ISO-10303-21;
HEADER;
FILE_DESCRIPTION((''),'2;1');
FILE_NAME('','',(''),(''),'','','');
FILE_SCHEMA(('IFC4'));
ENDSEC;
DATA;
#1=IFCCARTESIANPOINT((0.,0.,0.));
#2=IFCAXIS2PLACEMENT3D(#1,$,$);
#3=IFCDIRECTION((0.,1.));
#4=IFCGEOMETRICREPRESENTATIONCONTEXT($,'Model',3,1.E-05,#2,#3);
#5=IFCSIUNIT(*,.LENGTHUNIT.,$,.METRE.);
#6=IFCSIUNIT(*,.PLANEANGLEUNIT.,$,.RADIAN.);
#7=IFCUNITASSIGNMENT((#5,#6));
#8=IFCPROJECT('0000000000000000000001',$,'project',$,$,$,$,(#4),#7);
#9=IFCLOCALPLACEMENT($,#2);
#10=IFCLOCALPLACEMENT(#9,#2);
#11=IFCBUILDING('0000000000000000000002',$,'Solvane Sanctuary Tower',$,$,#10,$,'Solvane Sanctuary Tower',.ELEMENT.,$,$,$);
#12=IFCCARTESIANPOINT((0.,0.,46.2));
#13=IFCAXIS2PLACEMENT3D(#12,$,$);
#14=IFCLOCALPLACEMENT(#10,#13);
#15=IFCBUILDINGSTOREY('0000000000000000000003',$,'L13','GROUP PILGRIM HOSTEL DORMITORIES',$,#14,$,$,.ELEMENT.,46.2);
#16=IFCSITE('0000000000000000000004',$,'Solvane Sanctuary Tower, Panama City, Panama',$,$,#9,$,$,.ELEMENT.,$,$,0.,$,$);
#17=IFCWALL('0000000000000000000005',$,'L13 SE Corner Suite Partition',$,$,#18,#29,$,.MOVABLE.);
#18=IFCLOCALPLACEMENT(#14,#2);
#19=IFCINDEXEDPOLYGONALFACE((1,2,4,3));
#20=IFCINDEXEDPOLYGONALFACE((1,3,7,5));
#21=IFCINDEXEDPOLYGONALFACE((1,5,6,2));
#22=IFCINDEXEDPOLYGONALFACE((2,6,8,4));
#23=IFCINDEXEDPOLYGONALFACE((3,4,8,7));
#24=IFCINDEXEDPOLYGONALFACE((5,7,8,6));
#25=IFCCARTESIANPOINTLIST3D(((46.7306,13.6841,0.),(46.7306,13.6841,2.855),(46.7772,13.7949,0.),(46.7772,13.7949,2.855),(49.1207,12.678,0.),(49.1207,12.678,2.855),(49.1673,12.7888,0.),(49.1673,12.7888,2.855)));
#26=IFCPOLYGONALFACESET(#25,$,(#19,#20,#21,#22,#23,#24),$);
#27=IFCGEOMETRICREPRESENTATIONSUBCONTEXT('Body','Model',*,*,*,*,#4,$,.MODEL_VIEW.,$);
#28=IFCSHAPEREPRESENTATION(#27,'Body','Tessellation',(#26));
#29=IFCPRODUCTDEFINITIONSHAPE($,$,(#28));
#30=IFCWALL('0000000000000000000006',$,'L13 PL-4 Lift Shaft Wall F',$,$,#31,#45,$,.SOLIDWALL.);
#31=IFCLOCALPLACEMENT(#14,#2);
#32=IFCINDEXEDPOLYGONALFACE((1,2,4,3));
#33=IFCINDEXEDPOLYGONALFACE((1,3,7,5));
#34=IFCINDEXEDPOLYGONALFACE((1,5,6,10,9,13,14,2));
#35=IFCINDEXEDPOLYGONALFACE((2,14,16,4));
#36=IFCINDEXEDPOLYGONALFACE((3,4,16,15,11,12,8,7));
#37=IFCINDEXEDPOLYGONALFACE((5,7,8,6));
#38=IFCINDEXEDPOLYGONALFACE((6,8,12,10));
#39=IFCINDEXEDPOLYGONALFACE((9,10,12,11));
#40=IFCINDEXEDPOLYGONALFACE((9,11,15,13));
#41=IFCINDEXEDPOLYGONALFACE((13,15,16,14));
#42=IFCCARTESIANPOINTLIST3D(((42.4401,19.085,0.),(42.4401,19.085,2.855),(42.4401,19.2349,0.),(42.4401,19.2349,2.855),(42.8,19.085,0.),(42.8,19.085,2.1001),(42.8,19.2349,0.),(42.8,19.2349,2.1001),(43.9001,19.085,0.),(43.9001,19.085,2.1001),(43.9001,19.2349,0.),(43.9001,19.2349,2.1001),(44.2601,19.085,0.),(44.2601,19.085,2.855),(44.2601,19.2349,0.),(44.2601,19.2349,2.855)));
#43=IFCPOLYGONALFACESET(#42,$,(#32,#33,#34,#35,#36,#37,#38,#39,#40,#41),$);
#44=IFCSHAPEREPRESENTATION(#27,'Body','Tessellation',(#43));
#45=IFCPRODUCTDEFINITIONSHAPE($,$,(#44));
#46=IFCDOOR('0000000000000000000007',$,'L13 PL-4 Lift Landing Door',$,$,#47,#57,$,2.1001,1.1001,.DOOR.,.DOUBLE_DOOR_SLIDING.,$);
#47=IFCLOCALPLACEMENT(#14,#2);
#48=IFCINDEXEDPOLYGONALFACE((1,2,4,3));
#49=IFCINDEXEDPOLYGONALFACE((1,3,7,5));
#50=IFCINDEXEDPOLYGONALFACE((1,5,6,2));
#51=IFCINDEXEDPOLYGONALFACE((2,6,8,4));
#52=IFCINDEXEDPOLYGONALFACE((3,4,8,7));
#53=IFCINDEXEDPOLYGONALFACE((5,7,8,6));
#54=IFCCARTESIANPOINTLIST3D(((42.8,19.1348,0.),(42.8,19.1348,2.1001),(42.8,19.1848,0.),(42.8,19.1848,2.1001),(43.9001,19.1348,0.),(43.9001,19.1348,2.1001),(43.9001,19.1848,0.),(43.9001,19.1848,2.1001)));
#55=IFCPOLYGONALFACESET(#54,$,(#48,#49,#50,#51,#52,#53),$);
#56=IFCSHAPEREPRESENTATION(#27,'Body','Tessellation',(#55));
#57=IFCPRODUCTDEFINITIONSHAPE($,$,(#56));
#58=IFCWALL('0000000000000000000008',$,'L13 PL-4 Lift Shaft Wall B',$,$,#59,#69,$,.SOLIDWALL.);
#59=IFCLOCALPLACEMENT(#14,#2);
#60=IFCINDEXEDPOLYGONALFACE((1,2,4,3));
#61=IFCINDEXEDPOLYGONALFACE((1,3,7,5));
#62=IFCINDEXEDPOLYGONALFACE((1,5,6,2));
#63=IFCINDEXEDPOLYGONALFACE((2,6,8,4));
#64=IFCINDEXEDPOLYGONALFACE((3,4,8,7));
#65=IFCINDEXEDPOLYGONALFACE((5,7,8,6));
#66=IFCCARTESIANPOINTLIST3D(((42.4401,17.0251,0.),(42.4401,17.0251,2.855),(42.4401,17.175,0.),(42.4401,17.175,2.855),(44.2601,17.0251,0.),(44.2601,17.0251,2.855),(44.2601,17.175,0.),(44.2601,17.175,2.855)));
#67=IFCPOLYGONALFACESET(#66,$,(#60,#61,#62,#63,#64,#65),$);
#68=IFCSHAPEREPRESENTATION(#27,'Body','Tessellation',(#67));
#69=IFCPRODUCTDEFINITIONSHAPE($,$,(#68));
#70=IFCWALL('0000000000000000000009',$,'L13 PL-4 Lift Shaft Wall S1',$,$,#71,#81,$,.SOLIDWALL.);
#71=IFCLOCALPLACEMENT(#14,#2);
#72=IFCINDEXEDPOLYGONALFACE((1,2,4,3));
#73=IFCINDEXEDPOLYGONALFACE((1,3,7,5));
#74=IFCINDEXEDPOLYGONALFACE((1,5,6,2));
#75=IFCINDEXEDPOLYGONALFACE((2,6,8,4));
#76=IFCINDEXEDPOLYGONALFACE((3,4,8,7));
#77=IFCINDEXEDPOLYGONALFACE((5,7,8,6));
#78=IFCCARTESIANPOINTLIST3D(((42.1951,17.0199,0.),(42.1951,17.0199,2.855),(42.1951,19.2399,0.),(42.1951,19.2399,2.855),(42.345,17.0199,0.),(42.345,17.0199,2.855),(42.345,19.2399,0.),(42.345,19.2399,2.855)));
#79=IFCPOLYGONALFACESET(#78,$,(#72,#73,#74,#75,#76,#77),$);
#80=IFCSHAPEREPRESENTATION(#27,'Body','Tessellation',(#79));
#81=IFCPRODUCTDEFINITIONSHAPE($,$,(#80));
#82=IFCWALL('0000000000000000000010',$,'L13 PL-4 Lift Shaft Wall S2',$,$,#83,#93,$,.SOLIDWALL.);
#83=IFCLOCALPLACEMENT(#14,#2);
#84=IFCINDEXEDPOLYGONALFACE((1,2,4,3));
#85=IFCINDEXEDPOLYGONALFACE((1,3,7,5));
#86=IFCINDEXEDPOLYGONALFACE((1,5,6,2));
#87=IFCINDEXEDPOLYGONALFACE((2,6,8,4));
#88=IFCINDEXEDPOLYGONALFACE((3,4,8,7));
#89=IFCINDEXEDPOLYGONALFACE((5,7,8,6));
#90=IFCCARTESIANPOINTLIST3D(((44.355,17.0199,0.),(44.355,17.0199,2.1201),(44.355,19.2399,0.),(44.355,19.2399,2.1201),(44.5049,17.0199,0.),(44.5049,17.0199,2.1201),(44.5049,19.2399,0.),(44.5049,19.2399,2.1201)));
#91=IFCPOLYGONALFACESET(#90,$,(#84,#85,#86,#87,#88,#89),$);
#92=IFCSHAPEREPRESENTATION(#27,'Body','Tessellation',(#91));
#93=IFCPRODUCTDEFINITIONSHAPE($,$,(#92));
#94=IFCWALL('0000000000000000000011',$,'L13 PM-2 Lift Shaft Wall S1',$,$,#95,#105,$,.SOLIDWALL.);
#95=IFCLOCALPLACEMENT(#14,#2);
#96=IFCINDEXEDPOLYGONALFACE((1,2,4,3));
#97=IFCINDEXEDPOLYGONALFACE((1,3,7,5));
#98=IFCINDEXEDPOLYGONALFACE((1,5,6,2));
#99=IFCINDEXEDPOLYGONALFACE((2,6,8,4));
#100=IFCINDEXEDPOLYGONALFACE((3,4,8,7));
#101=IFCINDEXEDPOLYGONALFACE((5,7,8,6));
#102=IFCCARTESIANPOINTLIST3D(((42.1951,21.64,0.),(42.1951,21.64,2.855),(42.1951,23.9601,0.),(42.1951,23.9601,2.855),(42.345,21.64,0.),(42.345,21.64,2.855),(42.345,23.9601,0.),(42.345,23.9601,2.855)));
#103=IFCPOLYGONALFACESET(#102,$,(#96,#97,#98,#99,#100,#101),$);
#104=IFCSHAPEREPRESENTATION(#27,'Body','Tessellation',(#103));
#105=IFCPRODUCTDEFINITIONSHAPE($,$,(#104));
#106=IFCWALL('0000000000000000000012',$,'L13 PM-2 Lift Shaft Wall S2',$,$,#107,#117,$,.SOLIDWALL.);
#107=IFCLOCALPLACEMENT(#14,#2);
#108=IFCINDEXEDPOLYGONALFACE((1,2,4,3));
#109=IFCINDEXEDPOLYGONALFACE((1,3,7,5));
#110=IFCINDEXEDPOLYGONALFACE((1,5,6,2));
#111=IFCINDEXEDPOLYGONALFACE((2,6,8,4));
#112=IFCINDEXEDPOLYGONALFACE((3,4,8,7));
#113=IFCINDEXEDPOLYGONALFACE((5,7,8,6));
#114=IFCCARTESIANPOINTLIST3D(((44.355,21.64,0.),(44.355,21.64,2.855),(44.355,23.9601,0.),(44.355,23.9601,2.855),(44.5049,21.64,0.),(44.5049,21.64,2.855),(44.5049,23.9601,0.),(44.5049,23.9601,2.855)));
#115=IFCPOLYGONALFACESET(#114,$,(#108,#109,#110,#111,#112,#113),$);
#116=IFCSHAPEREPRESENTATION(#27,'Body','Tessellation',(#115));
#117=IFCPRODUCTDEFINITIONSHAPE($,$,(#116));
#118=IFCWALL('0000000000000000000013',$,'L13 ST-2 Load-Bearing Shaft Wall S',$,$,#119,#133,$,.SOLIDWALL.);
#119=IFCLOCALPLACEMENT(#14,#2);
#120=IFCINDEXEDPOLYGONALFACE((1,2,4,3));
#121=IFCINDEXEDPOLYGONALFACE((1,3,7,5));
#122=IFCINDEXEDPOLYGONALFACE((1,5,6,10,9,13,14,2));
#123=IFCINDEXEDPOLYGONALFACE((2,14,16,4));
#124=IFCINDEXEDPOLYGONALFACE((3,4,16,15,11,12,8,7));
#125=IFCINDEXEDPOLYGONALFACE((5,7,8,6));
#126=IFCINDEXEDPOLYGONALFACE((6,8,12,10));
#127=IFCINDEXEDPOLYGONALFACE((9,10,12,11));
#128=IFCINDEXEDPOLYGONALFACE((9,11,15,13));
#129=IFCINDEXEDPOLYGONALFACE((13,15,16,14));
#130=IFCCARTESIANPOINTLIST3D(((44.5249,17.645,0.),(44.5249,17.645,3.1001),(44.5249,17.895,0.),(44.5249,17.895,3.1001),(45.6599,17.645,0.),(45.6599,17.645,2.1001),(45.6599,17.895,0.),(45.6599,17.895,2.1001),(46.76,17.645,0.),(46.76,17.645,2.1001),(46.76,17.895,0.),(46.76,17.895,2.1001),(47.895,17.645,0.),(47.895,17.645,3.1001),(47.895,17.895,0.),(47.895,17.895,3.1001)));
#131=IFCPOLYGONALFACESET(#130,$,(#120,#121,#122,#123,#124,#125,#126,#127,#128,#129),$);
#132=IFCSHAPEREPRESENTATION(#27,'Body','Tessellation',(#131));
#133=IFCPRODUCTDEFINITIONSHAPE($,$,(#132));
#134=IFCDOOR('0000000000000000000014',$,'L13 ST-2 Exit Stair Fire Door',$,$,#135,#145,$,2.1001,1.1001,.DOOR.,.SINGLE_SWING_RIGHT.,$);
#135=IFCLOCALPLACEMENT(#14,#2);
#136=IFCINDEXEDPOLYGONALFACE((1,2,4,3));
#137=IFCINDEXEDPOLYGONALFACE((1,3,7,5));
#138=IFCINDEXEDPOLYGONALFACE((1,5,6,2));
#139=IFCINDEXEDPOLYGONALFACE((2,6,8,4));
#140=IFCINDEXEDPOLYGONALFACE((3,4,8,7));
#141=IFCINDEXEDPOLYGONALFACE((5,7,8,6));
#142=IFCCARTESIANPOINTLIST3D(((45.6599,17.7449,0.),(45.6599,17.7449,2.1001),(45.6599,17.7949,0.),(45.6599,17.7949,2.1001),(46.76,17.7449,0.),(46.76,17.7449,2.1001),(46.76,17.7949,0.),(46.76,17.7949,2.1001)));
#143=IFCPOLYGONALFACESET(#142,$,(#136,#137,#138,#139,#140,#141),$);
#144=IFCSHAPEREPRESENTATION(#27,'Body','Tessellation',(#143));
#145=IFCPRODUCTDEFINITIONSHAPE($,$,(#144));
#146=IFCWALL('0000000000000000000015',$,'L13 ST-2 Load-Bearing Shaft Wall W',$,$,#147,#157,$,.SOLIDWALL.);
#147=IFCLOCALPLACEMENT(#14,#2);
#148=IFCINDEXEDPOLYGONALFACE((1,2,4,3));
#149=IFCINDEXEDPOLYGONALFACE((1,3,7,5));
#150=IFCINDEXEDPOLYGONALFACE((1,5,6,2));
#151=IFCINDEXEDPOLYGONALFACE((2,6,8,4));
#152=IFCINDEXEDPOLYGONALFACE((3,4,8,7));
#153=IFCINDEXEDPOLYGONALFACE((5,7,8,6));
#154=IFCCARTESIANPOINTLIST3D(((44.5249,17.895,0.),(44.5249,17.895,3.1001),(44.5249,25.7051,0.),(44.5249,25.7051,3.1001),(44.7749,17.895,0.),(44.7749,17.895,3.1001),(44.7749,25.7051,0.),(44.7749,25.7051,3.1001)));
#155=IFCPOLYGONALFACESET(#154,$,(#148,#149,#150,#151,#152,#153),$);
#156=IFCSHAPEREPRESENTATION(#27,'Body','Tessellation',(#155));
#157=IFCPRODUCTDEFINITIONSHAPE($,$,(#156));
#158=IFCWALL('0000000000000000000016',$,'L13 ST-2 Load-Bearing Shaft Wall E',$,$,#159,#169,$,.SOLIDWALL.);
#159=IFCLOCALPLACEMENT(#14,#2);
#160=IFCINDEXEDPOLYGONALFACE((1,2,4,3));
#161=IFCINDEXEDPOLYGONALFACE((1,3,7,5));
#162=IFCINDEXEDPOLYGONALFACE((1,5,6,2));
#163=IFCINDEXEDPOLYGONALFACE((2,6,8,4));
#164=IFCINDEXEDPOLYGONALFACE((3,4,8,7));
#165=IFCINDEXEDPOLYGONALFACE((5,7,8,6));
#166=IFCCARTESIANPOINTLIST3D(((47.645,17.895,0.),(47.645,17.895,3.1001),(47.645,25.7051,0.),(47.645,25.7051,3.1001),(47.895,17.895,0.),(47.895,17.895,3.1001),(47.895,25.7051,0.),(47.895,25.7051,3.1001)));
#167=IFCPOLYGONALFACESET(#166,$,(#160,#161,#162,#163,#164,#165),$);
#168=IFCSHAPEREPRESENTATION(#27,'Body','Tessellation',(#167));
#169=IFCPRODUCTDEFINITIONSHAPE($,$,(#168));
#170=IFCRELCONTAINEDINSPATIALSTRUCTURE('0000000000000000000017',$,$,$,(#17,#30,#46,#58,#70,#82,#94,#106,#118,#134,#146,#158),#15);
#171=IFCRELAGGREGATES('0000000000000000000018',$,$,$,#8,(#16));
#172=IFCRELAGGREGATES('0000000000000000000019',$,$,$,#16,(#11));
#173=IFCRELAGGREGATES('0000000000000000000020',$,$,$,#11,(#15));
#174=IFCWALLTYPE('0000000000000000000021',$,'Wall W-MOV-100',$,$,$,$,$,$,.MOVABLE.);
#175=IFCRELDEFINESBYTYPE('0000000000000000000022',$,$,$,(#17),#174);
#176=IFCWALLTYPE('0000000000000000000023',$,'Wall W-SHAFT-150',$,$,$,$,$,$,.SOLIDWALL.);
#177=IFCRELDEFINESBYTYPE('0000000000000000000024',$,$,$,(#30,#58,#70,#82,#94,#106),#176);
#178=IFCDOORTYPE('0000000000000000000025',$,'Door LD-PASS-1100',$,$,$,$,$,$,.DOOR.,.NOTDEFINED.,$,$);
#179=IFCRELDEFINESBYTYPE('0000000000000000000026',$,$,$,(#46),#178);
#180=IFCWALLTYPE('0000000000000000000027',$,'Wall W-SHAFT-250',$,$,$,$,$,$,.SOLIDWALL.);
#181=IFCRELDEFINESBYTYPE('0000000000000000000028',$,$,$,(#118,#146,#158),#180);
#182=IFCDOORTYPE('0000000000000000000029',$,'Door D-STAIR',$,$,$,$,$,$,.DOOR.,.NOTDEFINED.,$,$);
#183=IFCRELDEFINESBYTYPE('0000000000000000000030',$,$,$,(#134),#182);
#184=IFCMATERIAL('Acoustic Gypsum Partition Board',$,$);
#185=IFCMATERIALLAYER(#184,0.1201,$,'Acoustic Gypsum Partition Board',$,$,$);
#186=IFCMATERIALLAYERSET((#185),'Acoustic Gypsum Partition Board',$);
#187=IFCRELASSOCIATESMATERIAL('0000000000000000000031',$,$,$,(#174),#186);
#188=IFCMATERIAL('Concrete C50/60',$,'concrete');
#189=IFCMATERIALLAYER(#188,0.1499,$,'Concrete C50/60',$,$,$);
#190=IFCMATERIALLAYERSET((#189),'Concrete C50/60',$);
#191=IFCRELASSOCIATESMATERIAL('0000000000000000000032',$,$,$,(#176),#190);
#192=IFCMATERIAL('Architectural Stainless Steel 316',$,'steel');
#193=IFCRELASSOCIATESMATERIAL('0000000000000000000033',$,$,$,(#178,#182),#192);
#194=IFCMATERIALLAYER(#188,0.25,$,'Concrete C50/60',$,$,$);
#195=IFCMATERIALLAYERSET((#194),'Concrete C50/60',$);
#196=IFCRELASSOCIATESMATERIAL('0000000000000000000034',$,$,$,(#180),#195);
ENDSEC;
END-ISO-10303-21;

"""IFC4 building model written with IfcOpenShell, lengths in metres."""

from ifc_helpers import new_model, si_unit, direction, frame, frame_2d, origin, place, context, subcontext, project, spatial, rectangle, extrude, material, layer, layer_set, type_object, element, fill, save


model = new_model("IFC4")

# Units and contexts
model_context = context("Model", 3, precision=1e-05, world=origin(), true_north=direction((0.0, 1.0)))
body_context = subcontext(model_context, "Body", "Model", "MODEL_VIEW")
ifc_project = project(units=[si_unit("LENGTHUNIT", "METRE"), si_unit("PLANEANGLEUNIT", "RADIAN")], contexts=[model_context])

# Site, building, storey
site_placement = place(None, origin())
site = spatial("IfcSite", under=ifc_project, at=site_placement, Name="Solvane Sanctuary Tower, Panama City, Panama", CompositionType="ELEMENT", RefElevation=0.0)
building_placement = place(site_placement, origin())
building = spatial("IfcBuilding", under=site, at=building_placement, Name="Solvane Sanctuary Tower", LongName="Solvane Sanctuary Tower", CompositionType="ELEMENT")
storey_placement = place(building_placement, frame((0.0, 0.0, 46.2)))
storey = spatial("IfcBuildingStorey", under=building, at=storey_placement, Name="L13", Description="GROUP PILGRIM HOSTEL DORMITORIES", CompositionType="ELEMENT", Elevation=46.2)

# Wall
ifc_material_1 = material(Name="Acoustic Gypsum Partition Board")
ifc_layer_1 = layer(ifc_material_1, 0.1201, Name="Acoustic Gypsum Partition Board")
ifc_layer_set_1 = layer_set([ifc_layer_1], Name="Acoustic Gypsum Partition Board")
wall_type_1 = type_object("IfcWallType", Name="Wall W-MOV-100", PredefinedType="MOVABLE", material=ifc_layer_set_1)
wall_1_placement = place(storey_placement, frame((46.7539, 13.7395, 0.0), z_axis=(0.0, 0.0, 1.0), x_axis=(0.921673, -0.387969, 0.0)))
element("IfcWall", 1, at=wall_1_placement, inside=storey, type_object=wall_type_1, Name="L13 SE Corner Suite Partition", PredefinedType="MOVABLE", context=body_context, shape_type="SweptSolid", body=[
    extrude(rectangle(XDim=2.5933, YDim=0.1201, at=frame_2d((1.2966, 0.0))), origin(), (0.0, 0.0, 1.0), 2.855),
])

# Wall, opening, door
ifc_material_2 = material(Name="Concrete C50/60", Category="concrete")
ifc_layer_2 = layer(ifc_material_2, 0.1499, Name="Concrete C50/60")
ifc_layer_set_2 = layer_set([ifc_layer_2], Name="Concrete C50/60")
wall_type_2 = type_object("IfcWallType", Name="Wall W-SHAFT-150", PredefinedType="SOLIDWALL", material=ifc_layer_set_2)
wall_2_placement = place(storey_placement, frame((42.4399, 19.1599, 0.0), z_axis=(0.0, 0.0, 1.0), x_axis=(1.0, 0.0, 0.0)))
wall_2 = element("IfcWall", 2, at=wall_2_placement, inside=storey, type_object=wall_type_2, Name="L13 PL-4 Lift Shaft Wall F", PredefinedType="SOLIDWALL", context=body_context, shape_type="SweptSolid", body=[
    extrude(rectangle(XDim=1.8201, YDim=0.1499, at=frame_2d((0.9102, 0.0))), origin(), (0.0, 0.0, 1.0), 2.855),
])
opening_1_placement = place(wall_2_placement, frame((0.3601, 0.0, 0.0)))
opening_1 = element("IfcOpeningElement", 3, at=opening_1_placement, cuts=wall_2, PredefinedType="OPENING", context=body_context, shape_type="SweptSolid", body=[
    extrude(rectangle(XDim=1.1001, YDim=2.1001, at=frame_2d((0.55, 1.05))), frame((0.0, 0.085, 0.0), z_axis=(0.0, -1.0, 0.0), x_axis=(1.0, 0.0, 0.0)), (0.0, 0.0, 1.0), 0.1699),
])
ifc_material_3 = material(Name="Architectural Stainless Steel 316", Category="steel")
door_type_1 = type_object("IfcDoorType", Name="Door LD-PASS-1100", OperationType="NOTDEFINED", PredefinedType="DOOR", material=ifc_material_3)
door_1_placement = place(opening_1_placement, origin())
door_1 = element("IfcDoor", 4, at=door_1_placement, inside=storey, type_object=door_type_1, Name="L13 PL-4 Lift Landing Door", OperationType="DOUBLE_DOOR_SLIDING", OverallHeight=2.1001, OverallWidth=1.1001, PredefinedType="DOOR", context=body_context, shape_type="SweptSolid", body=[
    extrude(rectangle(XDim=1.1001, YDim=2.1001, at=frame_2d((0.55, 1.05))), frame((0.0, 0.0249, 0.0), z_axis=(0.0, -1.0, 0.0), x_axis=(1.0, 0.0, 0.0)), (0.0, 0.0, 1.0), 0.05),
])
fill(opening_1, door_1)

# Walls
wall_3_placement = place(storey_placement, frame((42.4399, 17.1001, 0.0), z_axis=(0.0, 0.0, 1.0), x_axis=(1.0, 0.0, 0.0)))
element("IfcWall", 5, at=wall_3_placement, inside=storey, type_object=wall_type_2, Name="L13 PL-4 Lift Shaft Wall B", PredefinedType="SOLIDWALL", context=body_context, shape_type="SweptSolid", body=[
    extrude(rectangle(XDim=1.8201, YDim=0.1499, at=frame_2d((0.9102, 0.0))), origin(), (0.0, 0.0, 1.0), 2.855),
])
wall_4_placement = place(storey_placement, frame((42.27, 17.02, 0.0), z_axis=(0.0, 0.0, 1.0), x_axis=(0.0, 1.0, 0.0)))
element("IfcWall", 6, at=wall_4_placement, inside=storey, type_object=wall_type_2, Name="L13 PL-4 Lift Shaft Wall S1", PredefinedType="SOLIDWALL", context=body_context, shape_type="SweptSolid", body=[
    extrude(rectangle(XDim=2.22, YDim=0.1499, at=frame_2d((1.1099, 0.0))), origin(), (0.0, 0.0, 1.0), 2.855),
])
wall_5_placement = place(storey_placement, frame((44.4299, 17.02, 0.0), z_axis=(0.0, 0.0, 1.0), x_axis=(0.0, 1.0, 0.0)))
element("IfcWall", 7, at=wall_5_placement, inside=storey, type_object=wall_type_2, Name="L13 PL-4 Lift Shaft Wall S2", PredefinedType="SOLIDWALL", context=body_context, shape_type="SweptSolid", body=[
    extrude(rectangle(XDim=2.22, YDim=0.1499, at=frame_2d((1.1099, 0.0))), origin(), (0.0, 0.0, 1.0), 2.1201),
])
for number, where, z_axis, x_axis, name in (
    (8, (42.27, 21.6399, 0.0), (0.0, 0.0, 1.0), (0.0, 1.0, 0.0), "L13 PM-2 Lift Shaft Wall S1"),
    (9, (44.4299, 21.6399, 0.0), (0.0, 0.0, 1.0), (0.0, 1.0, 0.0), "L13 PM-2 Lift Shaft Wall S2"),
):
    element("IfcWall", number, at=place(storey_placement, frame(where, z_axis=z_axis, x_axis=x_axis)), inside=storey, type_object=wall_type_2, Name=name, PredefinedType="SOLIDWALL", context=body_context, shape_type="SweptSolid", body=[
        extrude(rectangle(XDim=2.3201, YDim=0.1499, at=frame_2d((1.1602, 0.0))), origin(), (0.0, 0.0, 1.0), 2.855),
    ])

# Wall, opening, door
ifc_layer_3 = layer(ifc_material_2, 0.25, Name="Concrete C50/60")
ifc_layer_set_3 = layer_set([ifc_layer_3], Name="Concrete C50/60")
wall_type_3 = type_object("IfcWallType", Name="Wall W-SHAFT-250", PredefinedType="SOLIDWALL", material=ifc_layer_set_3)
wall_6_placement = place(storey_placement, frame((44.5249, 17.77, 0.0), z_axis=(0.0, 0.0, 1.0), x_axis=(1.0, 0.0, 0.0)))
wall_6 = element("IfcWall", 10, at=wall_6_placement, inside=storey, type_object=wall_type_3, Name="L13 ST-2 Load-Bearing Shaft Wall S", PredefinedType="SOLIDWALL", context=body_context, shape_type="SweptSolid", body=[
    extrude(rectangle(XDim=3.3701, YDim=0.25, at=frame_2d((1.6851, 0.0))), origin(), (0.0, 0.0, 1.0), 3.1001),
])
opening_2_placement = place(wall_6_placement, frame((1.135, 0.0, 0.0)))
opening_2 = element("IfcOpeningElement", 11, at=opening_2_placement, cuts=wall_6, PredefinedType="OPENING", context=body_context, shape_type="SweptSolid", body=[
    extrude(rectangle(XDim=1.1001, YDim=2.1001, at=frame_2d((0.55, 1.05))), frame((0.0, 0.135, 0.0), z_axis=(0.0, -1.0, 0.0), x_axis=(1.0, 0.0, 0.0)), (0.0, 0.0, 1.0), 0.27),
])
door_type_2 = type_object("IfcDoorType", Name="Door D-STAIR", OperationType="NOTDEFINED", PredefinedType="DOOR", material=ifc_material_3)
door_2_placement = place(opening_2_placement, origin())
door_2 = element("IfcDoor", 12, at=door_2_placement, inside=storey, type_object=door_type_2, Name="L13 ST-2 Exit Stair Fire Door", OperationType="SINGLE_SWING_RIGHT", OverallHeight=2.1001, OverallWidth=1.1001, PredefinedType="DOOR", context=body_context, shape_type="SweptSolid", body=[
    extrude(rectangle(XDim=1.1001, YDim=2.1001, at=frame_2d((0.55, 1.05))), frame((0.0, 0.0249, 0.0), z_axis=(0.0, -1.0, 0.0), x_axis=(1.0, 0.0, 0.0)), (0.0, 0.0, 1.0), 0.05),
])
fill(opening_2, door_2)

# Walls
for number, where, z_axis, x_axis, name in (
    (13, (44.6499, 17.895, 0.0), (0.0, 0.0, 1.0), (0.0, 1.0, 0.0), "L13 ST-2 Load-Bearing Shaft Wall W"),
    (14, (47.77, 17.895, 0.0), (0.0, 0.0, 1.0), (0.0, 1.0, 0.0), "L13 ST-2 Load-Bearing Shaft Wall E"),
):
    element("IfcWall", number, at=place(storey_placement, frame(where, z_axis=z_axis, x_axis=x_axis)), inside=storey, type_object=wall_type_3, Name=name, PredefinedType="SOLIDWALL", context=body_context, shape_type="SweptSolid", body=[
        extrude(rectangle(XDim=7.8101, YDim=0.25, at=frame_2d((3.905, 0.0))), origin(), (0.0, 0.0, 1.0), 3.1001),
    ])

save(model, "model.ifc")
